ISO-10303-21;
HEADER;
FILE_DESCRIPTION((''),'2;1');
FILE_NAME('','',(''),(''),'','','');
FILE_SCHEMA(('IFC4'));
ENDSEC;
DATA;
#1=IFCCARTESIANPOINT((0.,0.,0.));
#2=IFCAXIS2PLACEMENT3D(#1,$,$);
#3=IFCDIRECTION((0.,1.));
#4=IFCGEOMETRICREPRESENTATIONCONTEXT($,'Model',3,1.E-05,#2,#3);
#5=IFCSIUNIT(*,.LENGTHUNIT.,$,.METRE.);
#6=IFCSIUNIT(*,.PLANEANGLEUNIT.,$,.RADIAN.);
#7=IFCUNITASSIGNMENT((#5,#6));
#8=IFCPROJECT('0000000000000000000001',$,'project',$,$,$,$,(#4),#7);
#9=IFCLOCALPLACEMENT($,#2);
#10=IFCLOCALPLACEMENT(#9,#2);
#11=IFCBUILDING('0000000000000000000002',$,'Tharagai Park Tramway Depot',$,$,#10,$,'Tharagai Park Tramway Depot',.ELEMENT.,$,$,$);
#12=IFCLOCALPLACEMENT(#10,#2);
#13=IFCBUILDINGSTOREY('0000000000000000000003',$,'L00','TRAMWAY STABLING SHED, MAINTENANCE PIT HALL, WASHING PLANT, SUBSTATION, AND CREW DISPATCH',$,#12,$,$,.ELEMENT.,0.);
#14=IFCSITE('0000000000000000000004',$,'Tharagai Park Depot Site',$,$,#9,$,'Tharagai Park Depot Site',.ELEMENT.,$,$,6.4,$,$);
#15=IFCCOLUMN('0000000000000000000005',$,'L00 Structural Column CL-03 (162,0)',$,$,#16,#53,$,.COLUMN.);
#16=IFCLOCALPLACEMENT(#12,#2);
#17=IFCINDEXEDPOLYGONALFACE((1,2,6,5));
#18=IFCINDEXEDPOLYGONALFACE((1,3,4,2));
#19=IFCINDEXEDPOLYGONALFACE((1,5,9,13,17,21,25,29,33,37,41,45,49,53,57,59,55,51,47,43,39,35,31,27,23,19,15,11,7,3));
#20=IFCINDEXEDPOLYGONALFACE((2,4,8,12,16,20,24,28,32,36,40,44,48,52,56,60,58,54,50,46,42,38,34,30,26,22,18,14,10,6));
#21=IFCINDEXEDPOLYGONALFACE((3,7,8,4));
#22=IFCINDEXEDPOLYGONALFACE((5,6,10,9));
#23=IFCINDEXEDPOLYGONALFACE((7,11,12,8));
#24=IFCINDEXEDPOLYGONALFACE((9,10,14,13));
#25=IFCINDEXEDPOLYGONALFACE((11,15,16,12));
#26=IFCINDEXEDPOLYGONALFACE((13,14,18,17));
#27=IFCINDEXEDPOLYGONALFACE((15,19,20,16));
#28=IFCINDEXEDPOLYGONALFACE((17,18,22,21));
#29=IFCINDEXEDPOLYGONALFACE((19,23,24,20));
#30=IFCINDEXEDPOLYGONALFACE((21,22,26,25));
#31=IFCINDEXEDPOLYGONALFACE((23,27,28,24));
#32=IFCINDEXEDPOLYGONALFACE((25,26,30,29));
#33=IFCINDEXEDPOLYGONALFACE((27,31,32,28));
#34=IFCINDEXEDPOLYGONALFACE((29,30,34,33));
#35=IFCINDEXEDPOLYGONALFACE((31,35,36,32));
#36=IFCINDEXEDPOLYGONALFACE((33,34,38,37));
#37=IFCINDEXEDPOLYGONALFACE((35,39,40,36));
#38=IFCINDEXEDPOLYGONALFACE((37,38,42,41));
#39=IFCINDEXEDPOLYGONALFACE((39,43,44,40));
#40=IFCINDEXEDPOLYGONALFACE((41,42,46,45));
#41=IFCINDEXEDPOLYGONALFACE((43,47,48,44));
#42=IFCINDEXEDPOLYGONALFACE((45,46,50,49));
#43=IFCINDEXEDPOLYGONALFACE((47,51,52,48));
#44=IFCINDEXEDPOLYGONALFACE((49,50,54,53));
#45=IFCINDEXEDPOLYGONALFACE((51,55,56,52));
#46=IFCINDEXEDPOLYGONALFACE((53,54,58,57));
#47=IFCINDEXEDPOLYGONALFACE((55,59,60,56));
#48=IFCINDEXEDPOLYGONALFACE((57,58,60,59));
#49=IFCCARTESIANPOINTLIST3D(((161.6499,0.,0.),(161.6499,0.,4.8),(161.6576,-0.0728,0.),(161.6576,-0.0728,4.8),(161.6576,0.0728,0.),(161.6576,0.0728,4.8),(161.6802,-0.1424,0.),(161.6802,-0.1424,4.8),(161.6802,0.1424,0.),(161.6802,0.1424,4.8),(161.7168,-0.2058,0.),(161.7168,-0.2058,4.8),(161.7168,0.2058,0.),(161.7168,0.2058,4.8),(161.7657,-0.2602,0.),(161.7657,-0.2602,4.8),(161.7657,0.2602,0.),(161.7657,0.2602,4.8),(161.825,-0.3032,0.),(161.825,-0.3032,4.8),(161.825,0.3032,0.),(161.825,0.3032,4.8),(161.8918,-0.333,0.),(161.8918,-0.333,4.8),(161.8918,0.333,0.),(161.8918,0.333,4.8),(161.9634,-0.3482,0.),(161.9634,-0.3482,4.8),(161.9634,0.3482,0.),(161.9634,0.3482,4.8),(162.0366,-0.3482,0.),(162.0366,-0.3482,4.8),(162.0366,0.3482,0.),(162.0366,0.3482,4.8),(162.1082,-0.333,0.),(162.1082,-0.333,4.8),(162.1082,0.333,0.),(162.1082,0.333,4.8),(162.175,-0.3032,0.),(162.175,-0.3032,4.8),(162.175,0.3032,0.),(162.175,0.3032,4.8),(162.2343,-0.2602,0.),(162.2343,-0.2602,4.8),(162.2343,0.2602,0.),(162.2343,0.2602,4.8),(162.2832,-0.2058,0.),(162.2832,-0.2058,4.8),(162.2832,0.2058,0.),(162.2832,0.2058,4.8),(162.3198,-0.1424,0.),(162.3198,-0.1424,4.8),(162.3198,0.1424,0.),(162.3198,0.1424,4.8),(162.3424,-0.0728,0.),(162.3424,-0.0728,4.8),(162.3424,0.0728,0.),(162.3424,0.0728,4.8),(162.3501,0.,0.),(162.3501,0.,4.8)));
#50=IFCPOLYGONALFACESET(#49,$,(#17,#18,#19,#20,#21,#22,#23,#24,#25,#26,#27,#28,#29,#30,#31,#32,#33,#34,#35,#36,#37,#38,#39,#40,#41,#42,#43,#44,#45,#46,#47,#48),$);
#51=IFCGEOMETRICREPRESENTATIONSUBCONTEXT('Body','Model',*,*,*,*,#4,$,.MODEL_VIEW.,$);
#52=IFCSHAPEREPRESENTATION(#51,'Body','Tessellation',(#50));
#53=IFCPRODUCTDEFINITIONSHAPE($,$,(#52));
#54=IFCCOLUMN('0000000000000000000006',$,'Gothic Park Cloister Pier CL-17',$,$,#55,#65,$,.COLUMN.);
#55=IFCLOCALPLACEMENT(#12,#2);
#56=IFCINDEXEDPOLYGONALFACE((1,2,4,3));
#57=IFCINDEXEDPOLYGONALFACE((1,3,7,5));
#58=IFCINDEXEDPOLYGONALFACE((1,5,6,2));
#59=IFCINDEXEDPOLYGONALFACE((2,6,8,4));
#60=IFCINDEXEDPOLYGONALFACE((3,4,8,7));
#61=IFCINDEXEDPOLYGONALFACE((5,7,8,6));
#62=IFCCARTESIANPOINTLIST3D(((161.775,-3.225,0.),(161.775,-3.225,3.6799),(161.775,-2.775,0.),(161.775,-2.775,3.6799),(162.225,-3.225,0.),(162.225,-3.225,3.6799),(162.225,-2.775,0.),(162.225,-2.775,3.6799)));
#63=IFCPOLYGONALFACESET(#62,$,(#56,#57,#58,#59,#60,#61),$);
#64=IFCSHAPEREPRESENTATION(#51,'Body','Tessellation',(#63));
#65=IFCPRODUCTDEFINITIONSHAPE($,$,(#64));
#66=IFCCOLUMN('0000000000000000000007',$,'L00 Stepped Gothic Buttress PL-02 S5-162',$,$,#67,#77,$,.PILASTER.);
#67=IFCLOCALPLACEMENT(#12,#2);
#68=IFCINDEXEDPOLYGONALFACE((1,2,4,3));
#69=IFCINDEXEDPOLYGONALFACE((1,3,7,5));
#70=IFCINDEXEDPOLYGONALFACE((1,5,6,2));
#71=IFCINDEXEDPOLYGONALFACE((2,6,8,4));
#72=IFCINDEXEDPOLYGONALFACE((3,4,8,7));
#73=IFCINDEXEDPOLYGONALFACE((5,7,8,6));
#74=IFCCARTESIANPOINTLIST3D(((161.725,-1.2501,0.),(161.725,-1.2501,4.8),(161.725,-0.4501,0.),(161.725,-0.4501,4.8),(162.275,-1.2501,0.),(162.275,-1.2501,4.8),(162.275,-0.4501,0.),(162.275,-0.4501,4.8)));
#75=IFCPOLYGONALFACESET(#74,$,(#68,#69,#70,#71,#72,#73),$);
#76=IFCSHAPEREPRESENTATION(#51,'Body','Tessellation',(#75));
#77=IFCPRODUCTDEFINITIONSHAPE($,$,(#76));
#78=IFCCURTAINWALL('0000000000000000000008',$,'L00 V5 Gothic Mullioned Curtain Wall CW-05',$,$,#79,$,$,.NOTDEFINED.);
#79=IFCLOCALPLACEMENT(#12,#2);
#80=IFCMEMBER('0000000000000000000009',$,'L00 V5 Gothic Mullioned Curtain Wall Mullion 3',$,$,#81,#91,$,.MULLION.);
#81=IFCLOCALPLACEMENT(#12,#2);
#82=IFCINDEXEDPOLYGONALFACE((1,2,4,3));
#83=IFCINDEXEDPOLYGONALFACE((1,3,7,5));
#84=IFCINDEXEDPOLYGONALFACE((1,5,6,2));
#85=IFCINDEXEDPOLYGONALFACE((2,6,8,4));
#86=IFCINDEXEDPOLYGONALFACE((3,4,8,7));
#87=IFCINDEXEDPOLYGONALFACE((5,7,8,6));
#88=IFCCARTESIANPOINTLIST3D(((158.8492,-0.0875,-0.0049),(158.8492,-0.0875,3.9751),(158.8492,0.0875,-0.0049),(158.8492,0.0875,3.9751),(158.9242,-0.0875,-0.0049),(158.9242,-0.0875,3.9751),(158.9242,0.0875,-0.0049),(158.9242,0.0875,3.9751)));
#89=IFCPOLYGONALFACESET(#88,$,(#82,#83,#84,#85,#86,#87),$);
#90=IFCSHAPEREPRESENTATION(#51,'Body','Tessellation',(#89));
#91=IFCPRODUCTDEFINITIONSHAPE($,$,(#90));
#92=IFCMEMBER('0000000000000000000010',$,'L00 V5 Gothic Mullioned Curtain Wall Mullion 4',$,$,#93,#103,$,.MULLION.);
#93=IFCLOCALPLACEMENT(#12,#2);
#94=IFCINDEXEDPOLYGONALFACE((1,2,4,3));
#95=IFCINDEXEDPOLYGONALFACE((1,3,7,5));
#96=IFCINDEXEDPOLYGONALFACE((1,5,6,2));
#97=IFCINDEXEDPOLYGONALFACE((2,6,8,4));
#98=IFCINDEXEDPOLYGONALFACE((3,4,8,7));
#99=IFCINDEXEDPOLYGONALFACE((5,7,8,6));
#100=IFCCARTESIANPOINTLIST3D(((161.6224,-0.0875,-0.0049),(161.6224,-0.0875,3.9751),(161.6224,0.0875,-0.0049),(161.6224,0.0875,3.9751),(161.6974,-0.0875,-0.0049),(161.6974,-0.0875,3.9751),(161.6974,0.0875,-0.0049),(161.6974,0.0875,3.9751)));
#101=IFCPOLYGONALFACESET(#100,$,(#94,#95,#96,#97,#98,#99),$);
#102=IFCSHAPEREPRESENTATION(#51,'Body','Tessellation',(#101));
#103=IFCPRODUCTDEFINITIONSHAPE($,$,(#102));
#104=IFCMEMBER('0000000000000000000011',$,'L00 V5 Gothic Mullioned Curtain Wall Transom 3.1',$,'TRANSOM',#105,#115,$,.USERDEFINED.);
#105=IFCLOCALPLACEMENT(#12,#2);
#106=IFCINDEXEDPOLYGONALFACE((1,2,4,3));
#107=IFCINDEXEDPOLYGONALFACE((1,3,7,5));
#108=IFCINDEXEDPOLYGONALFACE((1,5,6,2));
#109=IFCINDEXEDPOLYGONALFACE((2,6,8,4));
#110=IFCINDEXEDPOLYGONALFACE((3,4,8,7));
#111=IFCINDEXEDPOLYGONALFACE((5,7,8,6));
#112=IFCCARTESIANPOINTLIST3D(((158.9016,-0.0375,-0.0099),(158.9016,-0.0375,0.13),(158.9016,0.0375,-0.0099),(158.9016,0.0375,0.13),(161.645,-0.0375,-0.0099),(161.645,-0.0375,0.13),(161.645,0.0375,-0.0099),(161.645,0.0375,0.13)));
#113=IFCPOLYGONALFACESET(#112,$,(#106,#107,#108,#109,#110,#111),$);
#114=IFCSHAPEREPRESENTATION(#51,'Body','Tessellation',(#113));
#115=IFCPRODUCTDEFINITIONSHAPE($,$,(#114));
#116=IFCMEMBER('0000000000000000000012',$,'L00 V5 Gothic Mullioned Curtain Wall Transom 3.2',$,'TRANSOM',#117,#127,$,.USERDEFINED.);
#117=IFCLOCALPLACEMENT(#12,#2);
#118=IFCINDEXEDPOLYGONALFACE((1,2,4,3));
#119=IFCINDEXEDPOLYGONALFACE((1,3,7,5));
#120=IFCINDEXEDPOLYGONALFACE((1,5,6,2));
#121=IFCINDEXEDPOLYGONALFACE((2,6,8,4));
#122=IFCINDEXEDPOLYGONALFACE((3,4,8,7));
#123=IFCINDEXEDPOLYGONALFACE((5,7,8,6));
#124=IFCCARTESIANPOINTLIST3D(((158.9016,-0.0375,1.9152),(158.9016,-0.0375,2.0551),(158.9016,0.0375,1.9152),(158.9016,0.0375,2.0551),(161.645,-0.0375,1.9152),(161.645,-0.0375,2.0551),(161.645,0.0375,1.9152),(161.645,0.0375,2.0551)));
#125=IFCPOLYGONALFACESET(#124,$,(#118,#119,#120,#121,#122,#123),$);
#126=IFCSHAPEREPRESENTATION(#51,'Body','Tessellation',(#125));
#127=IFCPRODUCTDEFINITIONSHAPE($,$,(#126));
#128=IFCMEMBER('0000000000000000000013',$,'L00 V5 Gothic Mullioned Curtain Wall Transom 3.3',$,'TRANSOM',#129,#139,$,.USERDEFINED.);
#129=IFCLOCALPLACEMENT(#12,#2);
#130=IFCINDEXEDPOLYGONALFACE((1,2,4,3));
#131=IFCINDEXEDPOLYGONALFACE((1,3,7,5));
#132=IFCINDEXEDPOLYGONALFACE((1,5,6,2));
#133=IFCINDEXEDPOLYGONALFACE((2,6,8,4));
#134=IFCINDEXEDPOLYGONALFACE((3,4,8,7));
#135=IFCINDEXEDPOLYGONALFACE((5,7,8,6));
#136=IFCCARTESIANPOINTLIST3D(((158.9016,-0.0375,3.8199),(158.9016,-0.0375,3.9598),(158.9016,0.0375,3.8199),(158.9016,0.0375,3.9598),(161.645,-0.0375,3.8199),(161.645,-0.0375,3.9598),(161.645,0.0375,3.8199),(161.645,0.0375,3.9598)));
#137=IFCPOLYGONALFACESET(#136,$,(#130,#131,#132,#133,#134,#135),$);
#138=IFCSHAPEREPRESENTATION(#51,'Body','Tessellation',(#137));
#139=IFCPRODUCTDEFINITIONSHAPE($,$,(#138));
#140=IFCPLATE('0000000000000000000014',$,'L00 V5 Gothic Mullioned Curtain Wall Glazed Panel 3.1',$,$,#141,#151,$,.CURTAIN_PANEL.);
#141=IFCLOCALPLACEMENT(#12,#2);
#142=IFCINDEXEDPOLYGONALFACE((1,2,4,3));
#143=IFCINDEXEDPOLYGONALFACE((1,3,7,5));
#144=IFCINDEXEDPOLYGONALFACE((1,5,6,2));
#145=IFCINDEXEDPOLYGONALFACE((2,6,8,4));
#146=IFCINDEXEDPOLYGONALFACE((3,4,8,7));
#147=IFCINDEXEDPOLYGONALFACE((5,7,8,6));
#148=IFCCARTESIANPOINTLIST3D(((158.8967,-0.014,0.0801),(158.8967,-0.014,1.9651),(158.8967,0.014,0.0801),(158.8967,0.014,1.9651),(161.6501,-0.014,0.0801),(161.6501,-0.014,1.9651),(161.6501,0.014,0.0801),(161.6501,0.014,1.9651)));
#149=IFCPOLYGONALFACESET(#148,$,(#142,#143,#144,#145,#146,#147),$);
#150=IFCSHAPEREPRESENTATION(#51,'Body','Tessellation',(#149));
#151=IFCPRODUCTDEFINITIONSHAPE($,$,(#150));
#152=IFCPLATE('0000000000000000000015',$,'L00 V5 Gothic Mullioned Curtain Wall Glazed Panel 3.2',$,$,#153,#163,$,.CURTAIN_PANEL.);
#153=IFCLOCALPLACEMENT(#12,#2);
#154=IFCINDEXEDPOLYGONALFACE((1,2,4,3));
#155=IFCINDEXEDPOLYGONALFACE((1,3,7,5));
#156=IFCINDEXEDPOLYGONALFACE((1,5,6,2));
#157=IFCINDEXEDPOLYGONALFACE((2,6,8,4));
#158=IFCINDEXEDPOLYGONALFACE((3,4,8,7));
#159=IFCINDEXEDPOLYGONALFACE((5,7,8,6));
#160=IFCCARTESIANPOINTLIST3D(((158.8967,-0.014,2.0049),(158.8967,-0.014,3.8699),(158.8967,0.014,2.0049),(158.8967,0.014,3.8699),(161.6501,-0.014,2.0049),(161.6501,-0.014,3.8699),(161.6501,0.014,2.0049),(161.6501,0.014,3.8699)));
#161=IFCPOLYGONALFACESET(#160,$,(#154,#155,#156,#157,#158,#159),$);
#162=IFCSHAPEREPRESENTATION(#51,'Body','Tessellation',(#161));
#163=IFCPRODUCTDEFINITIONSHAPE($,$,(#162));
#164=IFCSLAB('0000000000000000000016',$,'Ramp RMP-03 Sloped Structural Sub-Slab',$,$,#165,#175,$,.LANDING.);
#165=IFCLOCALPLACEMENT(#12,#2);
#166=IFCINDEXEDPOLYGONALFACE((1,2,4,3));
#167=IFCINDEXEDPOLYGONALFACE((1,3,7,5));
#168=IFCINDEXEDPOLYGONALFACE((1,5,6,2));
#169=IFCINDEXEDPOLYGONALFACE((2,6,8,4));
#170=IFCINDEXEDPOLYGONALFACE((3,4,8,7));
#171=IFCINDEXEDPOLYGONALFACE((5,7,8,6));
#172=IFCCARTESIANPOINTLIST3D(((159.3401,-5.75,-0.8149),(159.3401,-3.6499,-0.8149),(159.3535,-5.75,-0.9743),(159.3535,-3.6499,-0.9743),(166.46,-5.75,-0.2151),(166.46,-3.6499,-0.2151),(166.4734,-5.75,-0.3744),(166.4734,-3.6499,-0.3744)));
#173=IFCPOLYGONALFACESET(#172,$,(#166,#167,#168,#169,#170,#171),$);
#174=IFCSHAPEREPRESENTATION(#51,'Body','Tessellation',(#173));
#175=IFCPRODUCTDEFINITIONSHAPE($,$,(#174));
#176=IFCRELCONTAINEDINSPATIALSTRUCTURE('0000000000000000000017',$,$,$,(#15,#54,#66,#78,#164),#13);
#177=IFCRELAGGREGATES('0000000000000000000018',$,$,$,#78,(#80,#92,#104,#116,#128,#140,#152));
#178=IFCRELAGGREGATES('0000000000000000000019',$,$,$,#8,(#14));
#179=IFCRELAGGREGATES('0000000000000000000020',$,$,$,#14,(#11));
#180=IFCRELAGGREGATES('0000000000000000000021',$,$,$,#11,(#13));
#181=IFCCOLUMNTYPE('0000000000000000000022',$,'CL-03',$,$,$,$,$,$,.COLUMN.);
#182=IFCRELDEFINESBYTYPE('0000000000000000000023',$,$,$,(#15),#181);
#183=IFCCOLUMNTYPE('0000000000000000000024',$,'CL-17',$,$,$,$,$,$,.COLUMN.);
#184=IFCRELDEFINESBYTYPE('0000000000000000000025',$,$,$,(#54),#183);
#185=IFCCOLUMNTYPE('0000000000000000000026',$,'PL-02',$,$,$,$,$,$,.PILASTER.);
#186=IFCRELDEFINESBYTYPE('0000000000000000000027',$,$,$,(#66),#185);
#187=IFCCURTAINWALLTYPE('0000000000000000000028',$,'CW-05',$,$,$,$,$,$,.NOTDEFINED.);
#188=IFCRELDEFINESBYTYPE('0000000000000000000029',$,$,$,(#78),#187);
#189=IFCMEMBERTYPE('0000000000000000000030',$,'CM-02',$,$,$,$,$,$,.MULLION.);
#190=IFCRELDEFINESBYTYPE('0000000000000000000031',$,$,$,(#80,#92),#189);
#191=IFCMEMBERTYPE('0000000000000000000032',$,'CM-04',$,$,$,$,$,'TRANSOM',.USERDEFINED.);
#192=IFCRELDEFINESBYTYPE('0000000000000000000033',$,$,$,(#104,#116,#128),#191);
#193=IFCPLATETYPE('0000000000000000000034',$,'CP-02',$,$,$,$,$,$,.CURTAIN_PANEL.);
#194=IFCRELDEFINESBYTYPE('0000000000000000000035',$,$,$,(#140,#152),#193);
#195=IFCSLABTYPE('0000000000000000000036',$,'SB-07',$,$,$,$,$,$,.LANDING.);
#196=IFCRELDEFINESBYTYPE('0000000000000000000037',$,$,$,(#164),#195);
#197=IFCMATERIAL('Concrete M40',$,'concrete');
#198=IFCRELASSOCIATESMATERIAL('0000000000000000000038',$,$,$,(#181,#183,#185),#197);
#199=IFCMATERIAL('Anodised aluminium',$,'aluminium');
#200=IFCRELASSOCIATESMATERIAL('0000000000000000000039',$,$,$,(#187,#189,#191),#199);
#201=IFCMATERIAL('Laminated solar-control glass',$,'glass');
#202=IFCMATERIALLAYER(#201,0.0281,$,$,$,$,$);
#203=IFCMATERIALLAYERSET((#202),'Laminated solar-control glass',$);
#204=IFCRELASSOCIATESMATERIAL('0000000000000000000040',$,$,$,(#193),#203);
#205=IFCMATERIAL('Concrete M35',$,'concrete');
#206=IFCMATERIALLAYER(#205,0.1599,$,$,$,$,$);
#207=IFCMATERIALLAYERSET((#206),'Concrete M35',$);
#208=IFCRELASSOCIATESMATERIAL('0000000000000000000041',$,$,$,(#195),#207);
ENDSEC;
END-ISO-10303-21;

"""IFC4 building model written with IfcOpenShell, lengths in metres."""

from ifc_helpers import new_model, si_unit, direction, frame, origin, origin_2d, place, context, subcontext, project, spatial, polyline, rectangle, circle, outline, extrude, material, layer, layer_set, material_profile, profile_set, type_object, element, aggregate, save


model = new_model("IFC4")

# Units and contexts
model_context = context("Model", 3, precision=1e-05, world=origin(), true_north=direction((0.0, 1.0)))
body_context = subcontext(model_context, "Body", "Model", "MODEL_VIEW")
ifc_project = project(units=[si_unit("LENGTHUNIT", "METRE"), si_unit("PLANEANGLEUNIT", "RADIAN")], contexts=[model_context])

# Site, building, storey
site_placement = place(None, origin())
site = spatial("IfcSite", under=ifc_project, at=site_placement, Name="Tharagai Park Depot Site", LongName="Tharagai Park Depot Site", CompositionType="ELEMENT", RefElevation=6.4)
building_placement = place(site_placement, origin())
building = spatial("IfcBuilding", under=site, at=building_placement, Name="Tharagai Park Tramway Depot", LongName="Tharagai Park Tramway Depot", CompositionType="ELEMENT")
storey_placement = place(building_placement, origin())
storey = spatial("IfcBuildingStorey", under=building, at=storey_placement, Name="L00", Description="TRAMWAY STABLING SHED, MAINTENANCE PIT HALL, WASHING PLANT, SUBSTATION, AND CREW DISPATCH", CompositionType="ELEMENT", Elevation=0.0)

# Shared definitions
ifc_material_1 = material(Name="Concrete M40", Category="concrete")

# Columns
ifc_material_profile_1 = material_profile(ifc_material_1, circle(Radius=0.3501, at=origin_2d()), Name="RC D700")
ifc_profile_set_1 = profile_set([ifc_material_profile_1], Name="Concrete M40")
column_type_1 = type_object("IfcColumnType", Name="CL-03", PredefinedType="COLUMN", material=ifc_profile_set_1)
column_1_placement = place(storey_placement, frame((162.0, 0.0, 0.0), z_axis=(0.0, 0.0, 1.0), x_axis=(1.0, 0.0, 0.0)))
element("IfcColumn", 1, at=column_1_placement, inside=storey, type_object=column_type_1, Name="L00 Structural Column CL-03 (162,0)", PredefinedType="COLUMN", context=body_context, shape_type="SweptSolid", body=[
    extrude(circle(Radius=0.3501, at=origin_2d()), origin(), (0.0, 0.0, 1.0), 4.8),
])
ifc_material_profile_2 = material_profile(ifc_material_1, rectangle(XDim=0.45, YDim=0.45, at=origin_2d()), Name="RC 450x450")
ifc_profile_set_2 = profile_set([ifc_material_profile_2], Name="Concrete M40")
column_type_2 = type_object("IfcColumnType", Name="CL-17", PredefinedType="COLUMN", material=ifc_profile_set_2)
column_2_placement = place(storey_placement, frame((162.0, -3.0, 0.0), z_axis=(0.0, 0.0, 1.0), x_axis=(1.0, 0.0, 0.0)))
element("IfcColumn", 2, at=column_2_placement, inside=storey, type_object=column_type_2, Name="Gothic Park Cloister Pier CL-17", PredefinedType="COLUMN", context=body_context, shape_type="SweptSolid", body=[
    extrude(rectangle(XDim=0.45, YDim=0.45, at=origin_2d()), origin(), (0.0, 0.0, 1.0), 3.6799),
])
ifc_material_profile_3 = material_profile(ifc_material_1, rectangle(XDim=0.55, YDim=0.8, at=origin_2d()), Name="RC 550x800")
ifc_profile_set_3 = profile_set([ifc_material_profile_3], Name="Concrete M40")
column_type_3 = type_object("IfcColumnType", Name="PL-02", PredefinedType="PILASTER", material=ifc_profile_set_3)
column_3_placement = place(storey_placement, frame((162.0, -0.8501, 0.0), z_axis=(0.0, 0.0, 1.0), x_axis=(1.0, 0.0, 0.0)))
element("IfcColumn", 3, at=column_3_placement, inside=storey, type_object=column_type_3, Name="L00 Stepped Gothic Buttress PL-02 S5-162", PredefinedType="PILASTER", context=body_context, shape_type="SweptSolid", body=[
    extrude(rectangle(XDim=0.55, YDim=0.8, at=origin_2d()), origin(), (0.0, 0.0, 1.0), 4.8),
])

# Curtain wall, members, plates
ifc_material_2 = material(Name="Anodised aluminium", Category="aluminium")
curtain_wall_type = type_object("IfcCurtainWallType", Name="CW-05", PredefinedType="NOTDEFINED", material=ifc_material_2)
curtain_wall_placement = place(storey_placement, origin())
curtain_wall = element("IfcCurtainWall", 4, at=curtain_wall_placement, inside=storey, type_object=curtain_wall_type, Name="L00 V5 Gothic Mullioned Curtain Wall CW-05", PredefinedType="NOTDEFINED")
ifc_material_profile_4 = material_profile(ifc_material_2, rectangle(XDim=0.075, YDim=0.175, at=origin_2d()), Name="ALU 75x175")
ifc_profile_set_4 = profile_set([ifc_material_profile_4], Name="Anodised aluminium")
member_type_1 = type_object("IfcMemberType", Name="CM-02", PredefinedType="MULLION", material=ifc_profile_set_4)
member_1_placement = place(storey_placement, frame((158.8867, 0.0, -0.0049), z_axis=(0.0, 0.0, 1.0), x_axis=(1.0, 0.0, 0.0)))
member_1 = element("IfcMember", 5, at=member_1_placement, type_object=member_type_1, Name="L00 V5 Gothic Mullioned Curtain Wall Mullion 3", PredefinedType="MULLION", context=body_context, shape_type="SweptSolid", body=[
    extrude(rectangle(XDim=0.075, YDim=0.175, at=origin_2d()), origin(), (0.0, 0.0, 1.0), 3.98),
])
member_2_placement = place(storey_placement, frame((161.6599, 0.0, -0.0049), z_axis=(0.0, 0.0, 1.0), x_axis=(1.0, 0.0, 0.0)))
member_2 = element("IfcMember", 6, at=member_2_placement, type_object=member_type_1, Name="L00 V5 Gothic Mullioned Curtain Wall Mullion 4", PredefinedType="MULLION", context=body_context, shape_type="SweptSolid", body=[
    extrude(rectangle(XDim=0.075, YDim=0.175, at=origin_2d()), origin(), (0.0, 0.0, 1.0), 3.98),
])
ifc_material_profile_5 = material_profile(ifc_material_2, rectangle(XDim=0.075, YDim=0.1399, at=origin_2d()), Name="ALU 75x140")
ifc_profile_set_5 = profile_set([ifc_material_profile_5], Name="Anodised aluminium")
member_type_2 = type_object("IfcMemberType", Name="CM-04", ElementType="TRANSOM", PredefinedType="USERDEFINED", material=ifc_profile_set_5)
member_3_placement = place(storey_placement, frame((158.9016, 0.0, 0.0601), z_axis=(1.0, 0.0, 0.0), x_axis=(0.0, 1.0, 0.0)))
member_3 = element("IfcMember", 7, at=member_3_placement, type_object=member_type_2, Name="L00 V5 Gothic Mullioned Curtain Wall Transom 3.1", ObjectType="TRANSOM", PredefinedType="USERDEFINED", context=body_context, shape_type="SweptSolid", body=[
    extrude(rectangle(XDim=0.075, YDim=0.1399, at=origin_2d()), origin(), (0.0, 0.0, 1.0), 2.7434),
])
member_4_placement = place(storey_placement, frame((158.9016, 0.0, 1.9851), z_axis=(1.0, 0.0, 0.0), x_axis=(0.0, 1.0, 0.0)))
member_4 = element("IfcMember", 8, at=member_4_placement, type_object=member_type_2, Name="L00 V5 Gothic Mullioned Curtain Wall Transom 3.2", ObjectType="TRANSOM", PredefinedType="USERDEFINED", context=body_context, shape_type="SweptSolid", body=[
    extrude(rectangle(XDim=0.075, YDim=0.1399, at=origin_2d()), origin(), (0.0, 0.0, 1.0), 2.7434),
])
member_5_placement = place(storey_placement, frame((158.9016, 0.0, 3.8899), z_axis=(1.0, 0.0, 0.0), x_axis=(0.0, 1.0, 0.0)))
member_5 = element("IfcMember", 9, at=member_5_placement, type_object=member_type_2, Name="L00 V5 Gothic Mullioned Curtain Wall Transom 3.3", ObjectType="TRANSOM", PredefinedType="USERDEFINED", context=body_context, shape_type="SweptSolid", body=[
    extrude(rectangle(XDim=0.075, YDim=0.1399, at=origin_2d()), origin(), (0.0, 0.0, 1.0), 2.7434),
])
ifc_material_3 = material(Name="Laminated solar-control glass", Category="glass")
ifc_layer_1 = layer(ifc_material_3, 0.0281)
ifc_layer_set_1 = layer_set([ifc_layer_1], Name="Laminated solar-control glass")
plate_type = type_object("IfcPlateType", Name="CP-02", PredefinedType="CURTAIN_PANEL", material=ifc_layer_set_1)
plate_1_placement = place(storey_placement, frame((160.2734, 0.0, 0.0801), z_axis=(0.0, 0.0, 1.0), x_axis=(1.0, 0.0, 0.0)))
plate_1 = element("IfcPlate", 10, at=plate_1_placement, type_object=plate_type, Name="L00 V5 Gothic Mullioned Curtain Wall Glazed Panel 3.1", PredefinedType="CURTAIN_PANEL", context=body_context, shape_type="SweptSolid", body=[
    extrude(rectangle(XDim=2.7534, YDim=0.0281, at=origin_2d()), origin(), (0.0, 0.0, 1.0), 1.885),
])
plate_2_placement = place(storey_placement, frame((160.2734, 0.0, 2.0049), z_axis=(0.0, 0.0, 1.0), x_axis=(1.0, 0.0, 0.0)))
plate_2 = element("IfcPlate", 11, at=plate_2_placement, type_object=plate_type, Name="L00 V5 Gothic Mullioned Curtain Wall Glazed Panel 3.2", PredefinedType="CURTAIN_PANEL", context=body_context, shape_type="SweptSolid", body=[
    extrude(rectangle(XDim=2.7534, YDim=0.0281, at=origin_2d()), origin(), (0.0, 0.0, 1.0), 1.865),
])
aggregate(curtain_wall, [member_1, member_2, member_3, member_4, member_5, plate_1, plate_2])

# Slab
ifc_material_4 = material(Name="Concrete M35", Category="concrete")
ifc_layer_2 = layer(ifc_material_4, 0.1599)
ifc_layer_set_2 = layer_set([ifc_layer_2], Name="Concrete M35")
slab_type = type_object("IfcSlabType", Name="SB-07", PredefinedType="LANDING", material=ifc_layer_set_2)
slab_placement = place(storey_placement, frame((159.3401, -5.75, -0.8149), z_axis=(-0.083953, 0.0, 0.99647), x_axis=(0.0, 1.0, 0.0)))
element("IfcSlab", 12, at=slab_placement, inside=storey, type_object=slab_type, Name="Ramp RMP-03 Sloped Structural Sub-Slab", PredefinedType="LANDING", context=body_context, shape_type="SweptSolid", body=[
    extrude(outline(polyline([(0.0, 0.0), (2.1001, 0.0), (2.1001, -7.1451), (0.0, -7.1451), (0.0, 0.0)])), origin(), (0.0, 0.0, -1.0), 0.1599),
])

save(model, "model.ifc")
